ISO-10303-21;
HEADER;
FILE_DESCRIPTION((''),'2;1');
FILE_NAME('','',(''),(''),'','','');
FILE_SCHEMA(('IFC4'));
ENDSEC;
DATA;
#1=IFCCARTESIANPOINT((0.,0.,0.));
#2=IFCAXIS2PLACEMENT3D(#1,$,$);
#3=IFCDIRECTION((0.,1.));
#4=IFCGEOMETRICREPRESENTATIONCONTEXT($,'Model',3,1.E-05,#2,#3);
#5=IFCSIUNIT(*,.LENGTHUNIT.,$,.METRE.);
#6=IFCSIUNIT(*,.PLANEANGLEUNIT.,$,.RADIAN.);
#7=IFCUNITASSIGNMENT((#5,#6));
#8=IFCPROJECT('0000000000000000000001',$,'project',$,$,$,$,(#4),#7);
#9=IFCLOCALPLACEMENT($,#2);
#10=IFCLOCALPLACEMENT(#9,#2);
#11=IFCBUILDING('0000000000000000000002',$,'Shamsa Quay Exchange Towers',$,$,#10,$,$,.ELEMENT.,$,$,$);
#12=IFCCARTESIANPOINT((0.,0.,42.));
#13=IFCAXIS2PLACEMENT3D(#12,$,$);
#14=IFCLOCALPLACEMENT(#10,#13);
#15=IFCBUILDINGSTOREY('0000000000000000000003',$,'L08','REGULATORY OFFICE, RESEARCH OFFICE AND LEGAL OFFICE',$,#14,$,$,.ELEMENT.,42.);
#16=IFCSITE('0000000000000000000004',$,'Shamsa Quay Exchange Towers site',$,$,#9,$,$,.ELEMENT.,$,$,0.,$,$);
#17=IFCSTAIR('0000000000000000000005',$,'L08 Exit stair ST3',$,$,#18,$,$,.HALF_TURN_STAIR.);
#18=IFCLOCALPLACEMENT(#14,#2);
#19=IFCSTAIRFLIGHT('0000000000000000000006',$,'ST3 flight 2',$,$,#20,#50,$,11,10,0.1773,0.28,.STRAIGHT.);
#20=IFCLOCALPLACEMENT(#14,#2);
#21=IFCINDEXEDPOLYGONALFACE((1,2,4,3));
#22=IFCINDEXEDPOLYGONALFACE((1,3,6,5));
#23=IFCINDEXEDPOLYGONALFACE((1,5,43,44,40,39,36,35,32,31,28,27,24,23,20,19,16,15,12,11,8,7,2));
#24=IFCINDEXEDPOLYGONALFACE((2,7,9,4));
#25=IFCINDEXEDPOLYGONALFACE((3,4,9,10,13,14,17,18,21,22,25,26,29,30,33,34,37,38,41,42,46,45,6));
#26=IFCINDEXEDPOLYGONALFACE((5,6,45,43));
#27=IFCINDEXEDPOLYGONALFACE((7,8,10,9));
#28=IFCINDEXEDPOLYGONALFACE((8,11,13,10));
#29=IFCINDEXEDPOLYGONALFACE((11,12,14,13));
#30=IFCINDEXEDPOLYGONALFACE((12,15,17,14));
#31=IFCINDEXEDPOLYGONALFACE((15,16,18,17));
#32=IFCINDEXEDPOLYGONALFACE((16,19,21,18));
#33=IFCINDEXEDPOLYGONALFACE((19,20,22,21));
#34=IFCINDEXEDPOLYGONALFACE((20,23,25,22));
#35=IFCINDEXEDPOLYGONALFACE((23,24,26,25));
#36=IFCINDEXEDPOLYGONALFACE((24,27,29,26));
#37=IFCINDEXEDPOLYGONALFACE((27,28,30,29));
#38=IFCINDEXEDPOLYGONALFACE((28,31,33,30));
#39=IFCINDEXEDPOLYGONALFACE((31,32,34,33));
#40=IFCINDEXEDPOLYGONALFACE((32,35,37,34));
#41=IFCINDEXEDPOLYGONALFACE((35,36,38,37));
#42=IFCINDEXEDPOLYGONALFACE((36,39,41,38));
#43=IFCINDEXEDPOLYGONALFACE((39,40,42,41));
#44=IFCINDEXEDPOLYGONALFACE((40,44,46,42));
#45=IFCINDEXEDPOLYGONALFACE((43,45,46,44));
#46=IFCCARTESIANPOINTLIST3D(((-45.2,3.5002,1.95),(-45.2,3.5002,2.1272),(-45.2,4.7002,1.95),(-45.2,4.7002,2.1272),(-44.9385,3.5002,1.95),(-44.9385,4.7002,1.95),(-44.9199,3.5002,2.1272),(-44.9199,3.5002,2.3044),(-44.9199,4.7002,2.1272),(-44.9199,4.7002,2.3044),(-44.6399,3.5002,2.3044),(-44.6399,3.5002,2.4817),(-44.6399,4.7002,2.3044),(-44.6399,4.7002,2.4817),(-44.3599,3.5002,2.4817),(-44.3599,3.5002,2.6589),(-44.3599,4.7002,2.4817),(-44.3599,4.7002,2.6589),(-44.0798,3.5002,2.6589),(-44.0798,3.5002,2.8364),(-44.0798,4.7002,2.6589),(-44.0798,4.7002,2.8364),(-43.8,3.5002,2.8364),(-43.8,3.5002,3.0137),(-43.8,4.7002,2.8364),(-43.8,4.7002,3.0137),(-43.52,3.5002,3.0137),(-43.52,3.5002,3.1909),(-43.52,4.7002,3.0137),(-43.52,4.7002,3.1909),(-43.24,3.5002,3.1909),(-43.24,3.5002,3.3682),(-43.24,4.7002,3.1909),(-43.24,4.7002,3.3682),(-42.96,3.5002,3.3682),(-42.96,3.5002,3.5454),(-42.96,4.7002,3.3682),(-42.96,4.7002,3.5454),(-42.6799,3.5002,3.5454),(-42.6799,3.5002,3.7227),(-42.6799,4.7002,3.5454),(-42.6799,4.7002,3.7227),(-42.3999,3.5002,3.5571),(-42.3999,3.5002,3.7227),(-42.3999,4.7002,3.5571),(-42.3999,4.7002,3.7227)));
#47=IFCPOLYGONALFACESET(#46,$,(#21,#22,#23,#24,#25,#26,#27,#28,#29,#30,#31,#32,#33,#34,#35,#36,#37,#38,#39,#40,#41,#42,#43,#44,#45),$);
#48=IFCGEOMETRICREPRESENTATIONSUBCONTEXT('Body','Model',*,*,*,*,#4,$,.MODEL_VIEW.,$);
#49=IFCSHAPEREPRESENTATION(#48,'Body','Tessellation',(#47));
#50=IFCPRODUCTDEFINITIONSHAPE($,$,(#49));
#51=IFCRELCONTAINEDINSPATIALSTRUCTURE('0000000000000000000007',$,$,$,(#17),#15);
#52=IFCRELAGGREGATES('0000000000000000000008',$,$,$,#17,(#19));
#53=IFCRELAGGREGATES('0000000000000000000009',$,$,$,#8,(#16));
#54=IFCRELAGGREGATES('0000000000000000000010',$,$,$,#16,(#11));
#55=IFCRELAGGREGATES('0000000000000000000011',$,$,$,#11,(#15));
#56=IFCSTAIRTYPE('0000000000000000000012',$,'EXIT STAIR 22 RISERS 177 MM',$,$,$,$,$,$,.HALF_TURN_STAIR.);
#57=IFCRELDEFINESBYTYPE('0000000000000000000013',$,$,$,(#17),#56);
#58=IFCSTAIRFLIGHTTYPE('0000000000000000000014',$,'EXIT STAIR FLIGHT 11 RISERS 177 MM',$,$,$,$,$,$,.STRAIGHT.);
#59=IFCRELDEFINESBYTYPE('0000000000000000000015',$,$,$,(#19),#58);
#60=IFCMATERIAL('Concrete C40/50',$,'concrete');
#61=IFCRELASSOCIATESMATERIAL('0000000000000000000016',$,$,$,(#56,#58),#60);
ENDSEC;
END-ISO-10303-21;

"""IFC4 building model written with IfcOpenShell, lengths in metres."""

from ifc_helpers import new_model, si_unit, direction, frame, origin, place, context, subcontext, project, spatial, polyline, outline, extrude, material, type_object, element, aggregate, save


model = new_model("IFC4")

# Units and contexts
model_context = context("Model", 3, precision=1e-05, world=origin(), true_north=direction((0.0, 1.0)))
body_context = subcontext(model_context, "Body", "Model", "MODEL_VIEW")
ifc_project = project(units=[si_unit("LENGTHUNIT", "METRE"), si_unit("PLANEANGLEUNIT", "RADIAN")], contexts=[model_context])

# Site, building, storey
site_placement = place(None, origin())
site = spatial("IfcSite", under=ifc_project, at=site_placement, Name="Shamsa Quay Exchange Towers site", CompositionType="ELEMENT", RefElevation=0.0)
building_placement = place(site_placement, origin())
building = spatial("IfcBuilding", under=site, at=building_placement, Name="Shamsa Quay Exchange Towers", CompositionType="ELEMENT")
storey_placement = place(building_placement, frame((0.0, 0.0, 42.0)))
storey = spatial("IfcBuildingStorey", under=building, at=storey_placement, Name="L08", Description="REGULATORY OFFICE, RESEARCH OFFICE AND LEGAL OFFICE", CompositionType="ELEMENT", Elevation=42.0)

# Stair, stair flight
ifc_material_1 = material(Name="Concrete C40/50", Category="concrete")
stair_type = type_object("IfcStairType", Name="EXIT STAIR 22 RISERS 177 MM", PredefinedType="HALF_TURN_STAIR", material=ifc_material_1)
stair_placement = place(storey_placement, origin())
stair = element("IfcStair", 1, at=stair_placement, inside=storey, type_object=stair_type, Name="L08 Exit stair ST3", PredefinedType="HALF_TURN_STAIR")
stair_flight_type = type_object("IfcStairFlightType", Name="EXIT STAIR FLIGHT 11 RISERS 177 MM", PredefinedType="STRAIGHT", material=ifc_material_1)
stair_flight_placement = place(storey_placement, frame((-45.2, 4.1001, 1.95)))
stair_flight = element("IfcStairFlight", 2, at=stair_flight_placement, type_object=stair_flight_type, Name="ST3 flight 2", NumberOfRisers=11, NumberOfTreads=10, PredefinedType="STRAIGHT", RiserHeight=0.1773, TreadLength=0.28, context=body_context, shape_type="SweptSolid", body=[
    extrude(outline(polyline([(0.0, 0.0), (0.0, 0.1772), (0.28, 0.1772), (0.28, 0.3545), (0.5601, 0.3545), (0.5601, 0.5317), (0.8401, 0.5317), (0.8401, 0.709), (1.1201, 0.709), (1.1201, 0.8865), (1.3999, 0.8865), (1.3999, 1.0637), (1.6799, 1.0637), (1.6799, 1.241), (1.96, 1.241), (1.96, 1.4182), (2.24, 1.4182), (2.24, 1.5955), (2.52, 1.5955), (2.52, 1.7727), (2.8, 1.7727), (2.8, 1.95), (2.8, 1.6072), (0.2615, 0.0), (0.0, 0.0)])), frame((0.0, 0.6001, 0.0), z_axis=(0.0, -1.0, 0.0), x_axis=(1.0, 0.0, 0.0)), (0.0, 0.0, 1.0), 1.2),
])
aggregate(stair, [stair_flight])

save(model, "model.ifc")
